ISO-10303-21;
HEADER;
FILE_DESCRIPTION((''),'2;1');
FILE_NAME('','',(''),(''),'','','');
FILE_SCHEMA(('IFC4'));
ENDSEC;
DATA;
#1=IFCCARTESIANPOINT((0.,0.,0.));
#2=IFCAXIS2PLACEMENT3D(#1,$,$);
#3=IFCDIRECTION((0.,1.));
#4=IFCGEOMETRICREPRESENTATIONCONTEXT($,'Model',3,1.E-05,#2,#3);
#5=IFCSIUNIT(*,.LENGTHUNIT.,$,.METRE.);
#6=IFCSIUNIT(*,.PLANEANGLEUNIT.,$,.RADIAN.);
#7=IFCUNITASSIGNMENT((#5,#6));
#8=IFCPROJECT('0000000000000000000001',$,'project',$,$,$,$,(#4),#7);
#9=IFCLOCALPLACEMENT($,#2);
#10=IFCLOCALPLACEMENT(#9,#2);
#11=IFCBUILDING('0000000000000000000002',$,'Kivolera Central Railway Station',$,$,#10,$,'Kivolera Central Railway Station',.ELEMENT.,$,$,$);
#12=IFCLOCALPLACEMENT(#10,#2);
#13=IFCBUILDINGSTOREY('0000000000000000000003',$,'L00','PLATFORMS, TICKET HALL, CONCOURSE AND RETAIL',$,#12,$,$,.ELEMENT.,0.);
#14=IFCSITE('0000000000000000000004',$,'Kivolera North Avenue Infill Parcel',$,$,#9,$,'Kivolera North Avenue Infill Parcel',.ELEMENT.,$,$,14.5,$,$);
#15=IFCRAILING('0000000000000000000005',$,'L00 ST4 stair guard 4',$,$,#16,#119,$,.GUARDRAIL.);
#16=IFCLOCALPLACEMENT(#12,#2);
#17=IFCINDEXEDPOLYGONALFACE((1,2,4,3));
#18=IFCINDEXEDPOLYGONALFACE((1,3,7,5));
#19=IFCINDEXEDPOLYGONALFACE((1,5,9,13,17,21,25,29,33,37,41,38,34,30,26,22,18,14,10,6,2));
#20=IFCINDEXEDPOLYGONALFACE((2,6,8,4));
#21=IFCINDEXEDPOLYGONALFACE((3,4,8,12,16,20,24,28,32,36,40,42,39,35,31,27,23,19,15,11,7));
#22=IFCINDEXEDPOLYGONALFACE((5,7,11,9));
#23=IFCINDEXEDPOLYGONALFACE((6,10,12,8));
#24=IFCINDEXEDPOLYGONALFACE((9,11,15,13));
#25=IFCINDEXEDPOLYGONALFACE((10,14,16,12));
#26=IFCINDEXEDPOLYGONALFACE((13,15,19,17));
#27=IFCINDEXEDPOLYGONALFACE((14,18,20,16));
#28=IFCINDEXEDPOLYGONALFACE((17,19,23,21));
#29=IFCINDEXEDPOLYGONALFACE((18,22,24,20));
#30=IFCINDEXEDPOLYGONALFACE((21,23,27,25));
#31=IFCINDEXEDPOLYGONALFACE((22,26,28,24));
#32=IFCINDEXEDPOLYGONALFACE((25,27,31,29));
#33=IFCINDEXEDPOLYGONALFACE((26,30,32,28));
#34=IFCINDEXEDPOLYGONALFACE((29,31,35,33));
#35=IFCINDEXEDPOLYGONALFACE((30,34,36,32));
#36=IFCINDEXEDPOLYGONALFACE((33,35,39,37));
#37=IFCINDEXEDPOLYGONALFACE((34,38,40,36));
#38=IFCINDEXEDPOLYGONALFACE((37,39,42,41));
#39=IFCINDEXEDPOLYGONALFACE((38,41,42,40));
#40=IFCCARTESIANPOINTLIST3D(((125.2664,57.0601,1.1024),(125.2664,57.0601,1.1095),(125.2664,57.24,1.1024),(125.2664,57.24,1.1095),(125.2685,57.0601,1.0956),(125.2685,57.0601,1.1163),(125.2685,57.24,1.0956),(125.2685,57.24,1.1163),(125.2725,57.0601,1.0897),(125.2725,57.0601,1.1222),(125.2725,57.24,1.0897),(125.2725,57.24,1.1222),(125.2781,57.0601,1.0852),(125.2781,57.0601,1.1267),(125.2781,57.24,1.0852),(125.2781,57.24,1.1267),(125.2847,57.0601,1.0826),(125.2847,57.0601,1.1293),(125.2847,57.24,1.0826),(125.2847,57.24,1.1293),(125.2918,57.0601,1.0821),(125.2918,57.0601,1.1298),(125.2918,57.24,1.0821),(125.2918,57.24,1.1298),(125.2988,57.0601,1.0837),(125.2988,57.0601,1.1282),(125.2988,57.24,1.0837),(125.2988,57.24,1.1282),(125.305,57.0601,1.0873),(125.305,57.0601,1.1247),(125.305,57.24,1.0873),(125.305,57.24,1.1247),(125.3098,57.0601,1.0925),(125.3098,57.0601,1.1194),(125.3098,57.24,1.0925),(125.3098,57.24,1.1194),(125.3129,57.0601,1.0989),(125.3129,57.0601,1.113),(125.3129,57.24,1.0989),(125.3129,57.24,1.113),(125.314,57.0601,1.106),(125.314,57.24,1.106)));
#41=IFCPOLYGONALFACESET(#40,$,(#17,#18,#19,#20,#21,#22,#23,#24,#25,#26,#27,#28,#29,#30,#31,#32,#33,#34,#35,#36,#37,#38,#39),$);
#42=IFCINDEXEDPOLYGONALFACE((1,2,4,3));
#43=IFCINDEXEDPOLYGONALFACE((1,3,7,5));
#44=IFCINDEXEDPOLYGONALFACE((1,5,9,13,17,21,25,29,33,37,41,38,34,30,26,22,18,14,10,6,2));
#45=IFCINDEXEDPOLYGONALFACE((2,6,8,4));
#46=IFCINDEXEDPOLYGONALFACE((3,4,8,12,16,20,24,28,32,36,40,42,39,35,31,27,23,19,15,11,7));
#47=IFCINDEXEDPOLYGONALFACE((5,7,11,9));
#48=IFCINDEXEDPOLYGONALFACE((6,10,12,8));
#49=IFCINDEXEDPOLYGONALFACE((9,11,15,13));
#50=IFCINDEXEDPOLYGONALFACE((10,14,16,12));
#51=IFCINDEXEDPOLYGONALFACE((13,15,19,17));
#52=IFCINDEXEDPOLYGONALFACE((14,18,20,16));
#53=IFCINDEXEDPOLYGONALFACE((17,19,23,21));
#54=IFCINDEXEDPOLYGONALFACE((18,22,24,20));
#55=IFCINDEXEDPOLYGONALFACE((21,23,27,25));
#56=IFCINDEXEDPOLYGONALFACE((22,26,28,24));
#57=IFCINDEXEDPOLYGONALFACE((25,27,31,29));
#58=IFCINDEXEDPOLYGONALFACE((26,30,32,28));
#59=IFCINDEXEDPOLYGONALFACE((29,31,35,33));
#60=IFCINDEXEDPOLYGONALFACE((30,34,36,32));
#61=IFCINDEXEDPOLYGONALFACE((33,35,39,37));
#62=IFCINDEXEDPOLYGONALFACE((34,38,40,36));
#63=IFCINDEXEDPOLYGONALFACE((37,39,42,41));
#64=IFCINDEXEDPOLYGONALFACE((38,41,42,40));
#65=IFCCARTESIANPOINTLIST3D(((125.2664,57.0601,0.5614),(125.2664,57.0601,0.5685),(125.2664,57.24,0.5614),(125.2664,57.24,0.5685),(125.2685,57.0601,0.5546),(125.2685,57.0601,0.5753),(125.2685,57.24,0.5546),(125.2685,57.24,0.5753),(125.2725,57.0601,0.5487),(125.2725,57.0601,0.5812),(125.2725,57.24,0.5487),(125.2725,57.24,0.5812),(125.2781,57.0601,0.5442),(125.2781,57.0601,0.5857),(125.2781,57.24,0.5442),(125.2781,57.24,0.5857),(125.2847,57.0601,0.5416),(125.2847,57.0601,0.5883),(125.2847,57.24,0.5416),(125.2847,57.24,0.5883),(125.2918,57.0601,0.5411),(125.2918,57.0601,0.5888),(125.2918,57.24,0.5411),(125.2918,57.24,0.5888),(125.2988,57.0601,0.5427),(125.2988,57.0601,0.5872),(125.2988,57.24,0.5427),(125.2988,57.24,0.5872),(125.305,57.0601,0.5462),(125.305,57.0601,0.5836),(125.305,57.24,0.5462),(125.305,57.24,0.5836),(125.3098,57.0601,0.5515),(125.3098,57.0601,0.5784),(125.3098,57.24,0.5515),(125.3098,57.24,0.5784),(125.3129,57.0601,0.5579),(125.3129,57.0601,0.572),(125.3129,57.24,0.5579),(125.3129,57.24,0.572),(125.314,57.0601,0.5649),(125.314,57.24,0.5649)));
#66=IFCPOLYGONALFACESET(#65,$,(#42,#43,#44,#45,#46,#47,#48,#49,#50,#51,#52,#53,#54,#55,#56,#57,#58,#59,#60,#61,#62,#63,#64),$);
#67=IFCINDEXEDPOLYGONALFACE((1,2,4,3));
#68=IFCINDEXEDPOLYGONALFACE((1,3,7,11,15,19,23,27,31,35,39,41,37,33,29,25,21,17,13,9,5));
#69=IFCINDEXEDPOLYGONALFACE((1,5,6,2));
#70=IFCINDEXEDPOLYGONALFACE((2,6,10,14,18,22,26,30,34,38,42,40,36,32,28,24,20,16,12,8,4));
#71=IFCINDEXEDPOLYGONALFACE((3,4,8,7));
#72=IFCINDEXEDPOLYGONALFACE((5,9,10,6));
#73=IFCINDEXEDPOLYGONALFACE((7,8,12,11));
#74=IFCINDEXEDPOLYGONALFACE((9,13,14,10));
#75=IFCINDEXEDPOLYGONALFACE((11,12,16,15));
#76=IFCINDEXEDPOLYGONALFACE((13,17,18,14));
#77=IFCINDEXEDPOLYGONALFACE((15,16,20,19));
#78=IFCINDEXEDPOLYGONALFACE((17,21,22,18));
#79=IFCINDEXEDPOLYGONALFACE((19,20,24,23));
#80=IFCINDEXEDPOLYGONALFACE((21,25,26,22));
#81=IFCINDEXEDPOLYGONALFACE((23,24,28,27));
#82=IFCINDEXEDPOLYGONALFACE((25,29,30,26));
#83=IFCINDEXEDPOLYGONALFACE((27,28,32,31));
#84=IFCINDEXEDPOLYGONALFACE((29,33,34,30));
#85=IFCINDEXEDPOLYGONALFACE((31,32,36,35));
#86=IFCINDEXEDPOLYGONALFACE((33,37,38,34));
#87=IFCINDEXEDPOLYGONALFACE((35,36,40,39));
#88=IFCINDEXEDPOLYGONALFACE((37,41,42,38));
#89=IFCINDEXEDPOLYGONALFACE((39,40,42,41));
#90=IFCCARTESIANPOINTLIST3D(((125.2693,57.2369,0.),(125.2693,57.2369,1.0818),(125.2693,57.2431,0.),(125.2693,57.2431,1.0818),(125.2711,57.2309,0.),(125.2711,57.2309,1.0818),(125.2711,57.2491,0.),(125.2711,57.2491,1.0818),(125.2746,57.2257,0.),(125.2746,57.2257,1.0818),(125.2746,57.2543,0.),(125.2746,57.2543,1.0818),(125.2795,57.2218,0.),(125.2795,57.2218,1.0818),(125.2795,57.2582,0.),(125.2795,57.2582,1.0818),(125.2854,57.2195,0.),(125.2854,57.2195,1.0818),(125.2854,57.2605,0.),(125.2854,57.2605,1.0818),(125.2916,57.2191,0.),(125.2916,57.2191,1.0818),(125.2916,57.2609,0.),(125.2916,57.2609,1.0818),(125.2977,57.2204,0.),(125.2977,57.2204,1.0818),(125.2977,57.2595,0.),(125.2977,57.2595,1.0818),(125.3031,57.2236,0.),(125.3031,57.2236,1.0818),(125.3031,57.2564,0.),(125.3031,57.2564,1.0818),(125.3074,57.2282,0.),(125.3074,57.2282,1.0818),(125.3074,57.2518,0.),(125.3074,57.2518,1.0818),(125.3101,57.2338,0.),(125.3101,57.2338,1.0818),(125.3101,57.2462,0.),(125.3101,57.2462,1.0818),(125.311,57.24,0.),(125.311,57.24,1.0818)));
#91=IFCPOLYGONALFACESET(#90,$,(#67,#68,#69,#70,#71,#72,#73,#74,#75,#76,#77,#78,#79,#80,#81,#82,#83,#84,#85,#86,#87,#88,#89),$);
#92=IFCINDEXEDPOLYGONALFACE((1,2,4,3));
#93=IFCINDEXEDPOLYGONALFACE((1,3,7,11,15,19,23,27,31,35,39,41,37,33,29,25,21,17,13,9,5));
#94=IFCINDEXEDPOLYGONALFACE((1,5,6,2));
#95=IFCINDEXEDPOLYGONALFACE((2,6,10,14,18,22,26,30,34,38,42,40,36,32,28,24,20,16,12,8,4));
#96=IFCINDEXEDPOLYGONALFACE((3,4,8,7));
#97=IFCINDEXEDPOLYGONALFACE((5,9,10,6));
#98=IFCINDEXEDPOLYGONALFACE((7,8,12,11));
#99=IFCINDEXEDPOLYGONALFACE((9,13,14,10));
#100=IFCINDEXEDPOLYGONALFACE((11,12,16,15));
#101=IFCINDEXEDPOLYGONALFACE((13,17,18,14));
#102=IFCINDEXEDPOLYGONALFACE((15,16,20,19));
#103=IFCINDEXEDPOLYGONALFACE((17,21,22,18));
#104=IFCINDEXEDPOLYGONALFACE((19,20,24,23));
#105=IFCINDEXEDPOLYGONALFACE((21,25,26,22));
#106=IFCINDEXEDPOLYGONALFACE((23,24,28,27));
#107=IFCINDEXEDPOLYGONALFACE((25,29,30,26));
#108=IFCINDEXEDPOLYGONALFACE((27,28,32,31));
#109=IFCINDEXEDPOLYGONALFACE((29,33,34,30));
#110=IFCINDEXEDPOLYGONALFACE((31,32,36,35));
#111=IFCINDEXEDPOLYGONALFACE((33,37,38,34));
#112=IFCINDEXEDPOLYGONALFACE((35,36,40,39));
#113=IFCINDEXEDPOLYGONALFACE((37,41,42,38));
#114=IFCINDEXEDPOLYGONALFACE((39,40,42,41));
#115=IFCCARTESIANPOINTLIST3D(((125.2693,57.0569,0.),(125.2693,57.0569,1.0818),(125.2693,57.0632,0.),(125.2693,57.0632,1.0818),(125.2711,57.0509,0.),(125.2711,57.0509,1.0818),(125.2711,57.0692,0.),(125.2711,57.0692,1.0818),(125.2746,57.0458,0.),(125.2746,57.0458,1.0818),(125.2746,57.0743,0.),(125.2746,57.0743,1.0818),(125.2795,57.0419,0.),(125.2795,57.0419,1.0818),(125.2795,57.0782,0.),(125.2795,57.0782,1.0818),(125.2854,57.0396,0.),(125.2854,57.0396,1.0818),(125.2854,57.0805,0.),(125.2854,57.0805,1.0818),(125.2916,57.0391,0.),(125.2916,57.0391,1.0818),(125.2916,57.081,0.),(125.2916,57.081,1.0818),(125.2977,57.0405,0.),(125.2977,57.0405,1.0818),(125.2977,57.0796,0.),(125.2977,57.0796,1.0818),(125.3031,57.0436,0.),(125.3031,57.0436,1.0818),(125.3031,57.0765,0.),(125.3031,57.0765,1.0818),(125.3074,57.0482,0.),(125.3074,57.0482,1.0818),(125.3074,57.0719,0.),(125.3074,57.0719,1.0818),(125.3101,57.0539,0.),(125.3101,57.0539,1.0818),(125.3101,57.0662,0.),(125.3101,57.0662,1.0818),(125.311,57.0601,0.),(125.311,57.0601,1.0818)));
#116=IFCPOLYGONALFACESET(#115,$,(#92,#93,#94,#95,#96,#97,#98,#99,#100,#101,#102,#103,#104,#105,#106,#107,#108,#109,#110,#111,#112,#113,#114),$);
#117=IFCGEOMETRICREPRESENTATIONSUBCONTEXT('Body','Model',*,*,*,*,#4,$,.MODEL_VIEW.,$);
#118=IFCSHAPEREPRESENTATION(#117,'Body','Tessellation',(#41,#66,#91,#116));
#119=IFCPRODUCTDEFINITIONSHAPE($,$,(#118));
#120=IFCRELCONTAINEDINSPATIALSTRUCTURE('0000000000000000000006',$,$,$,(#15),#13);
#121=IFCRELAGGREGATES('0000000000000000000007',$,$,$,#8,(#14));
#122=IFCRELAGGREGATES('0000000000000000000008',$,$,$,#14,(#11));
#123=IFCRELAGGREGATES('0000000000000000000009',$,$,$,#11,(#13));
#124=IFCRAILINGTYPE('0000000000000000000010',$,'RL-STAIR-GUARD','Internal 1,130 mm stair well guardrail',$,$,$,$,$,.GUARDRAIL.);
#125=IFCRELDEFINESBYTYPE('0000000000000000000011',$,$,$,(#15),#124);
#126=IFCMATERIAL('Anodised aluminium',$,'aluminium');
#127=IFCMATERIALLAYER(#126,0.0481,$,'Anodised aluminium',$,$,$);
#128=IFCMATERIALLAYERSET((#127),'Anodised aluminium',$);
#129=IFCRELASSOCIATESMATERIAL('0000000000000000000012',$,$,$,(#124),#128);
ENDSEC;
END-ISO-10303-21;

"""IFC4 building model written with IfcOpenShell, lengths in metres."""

from ifc_helpers import new_model, si_unit, direction, frame, origin, origin_2d, place, context, subcontext, project, spatial, circle, extrude, material, layer, layer_set, type_object, element, save


model = new_model("IFC4")

# Units and contexts
model_context = context("Model", 3, precision=1e-05, world=origin(), true_north=direction((0.0, 1.0)))
body_context = subcontext(model_context, "Body", "Model", "MODEL_VIEW")
ifc_project = project(units=[si_unit("LENGTHUNIT", "METRE"), si_unit("PLANEANGLEUNIT", "RADIAN")], contexts=[model_context])

# Site, building, storey
site_placement = place(None, origin())
site = spatial("IfcSite", under=ifc_project, at=site_placement, Name="Kivolera North Avenue Infill Parcel", LongName="Kivolera North Avenue Infill Parcel", CompositionType="ELEMENT", RefElevation=14.5)
building_placement = place(site_placement, origin())
building = spatial("IfcBuilding", under=site, at=building_placement, Name="Kivolera Central Railway Station", LongName="Kivolera Central Railway Station", CompositionType="ELEMENT")
storey_placement = place(building_placement, origin())
storey = spatial("IfcBuildingStorey", under=building, at=storey_placement, Name="L00", Description="PLATFORMS, TICKET HALL, CONCOURSE AND RETAIL", CompositionType="ELEMENT", Elevation=0.0)

# Railing
ifc_material_1 = material(Name="Anodised aluminium", Category="aluminium")
ifc_layer_1 = layer(ifc_material_1, 0.0481, Name="Anodised aluminium")
ifc_layer_set_1 = layer_set([ifc_layer_1], Name="Anodised aluminium")
railing_type_1 = type_object("IfcRailingType", Name="RL-STAIR-GUARD", Description="Internal 1,130 mm stair well guardrail", PredefinedType="GUARDRAIL", material=ifc_layer_set_1)
railing_1_placement = place(storey_placement, frame((125.29, 57.24, 0.0)))
element("IfcRailing", 1, at=railing_1_placement, inside=storey, type_object=railing_type_1, Name="L00 ST4 stair guard 4", PredefinedType="GUARDRAIL", context=body_context, shape_type="SweptSolid", body=[
    extrude(circle(Radius=0.0239, at=origin_2d()), frame((0.0, 0.0, 1.106), z_axis=(0.0, -1.0, 0.0), x_axis=(1.0, 0.0, 0.0)), (0.0, 0.0, 1.0), 0.1799),
    extrude(circle(Radius=0.0239, at=origin_2d()), frame((0.0, 0.0, 0.5649), z_axis=(0.0, -1.0, 0.0), x_axis=(1.0, 0.0, 0.0)), (0.0, 0.0, 1.0), 0.1799),
    extrude(circle(Radius=0.021, at=origin_2d()), origin(), (0.0, 0.0, 1.0), 1.0818),
    extrude(circle(Radius=0.021, at=origin_2d()), frame((0.0, -0.1799, 0.0)), (0.0, 0.0, 1.0), 1.0818),
])

save(model, "model.ifc")
